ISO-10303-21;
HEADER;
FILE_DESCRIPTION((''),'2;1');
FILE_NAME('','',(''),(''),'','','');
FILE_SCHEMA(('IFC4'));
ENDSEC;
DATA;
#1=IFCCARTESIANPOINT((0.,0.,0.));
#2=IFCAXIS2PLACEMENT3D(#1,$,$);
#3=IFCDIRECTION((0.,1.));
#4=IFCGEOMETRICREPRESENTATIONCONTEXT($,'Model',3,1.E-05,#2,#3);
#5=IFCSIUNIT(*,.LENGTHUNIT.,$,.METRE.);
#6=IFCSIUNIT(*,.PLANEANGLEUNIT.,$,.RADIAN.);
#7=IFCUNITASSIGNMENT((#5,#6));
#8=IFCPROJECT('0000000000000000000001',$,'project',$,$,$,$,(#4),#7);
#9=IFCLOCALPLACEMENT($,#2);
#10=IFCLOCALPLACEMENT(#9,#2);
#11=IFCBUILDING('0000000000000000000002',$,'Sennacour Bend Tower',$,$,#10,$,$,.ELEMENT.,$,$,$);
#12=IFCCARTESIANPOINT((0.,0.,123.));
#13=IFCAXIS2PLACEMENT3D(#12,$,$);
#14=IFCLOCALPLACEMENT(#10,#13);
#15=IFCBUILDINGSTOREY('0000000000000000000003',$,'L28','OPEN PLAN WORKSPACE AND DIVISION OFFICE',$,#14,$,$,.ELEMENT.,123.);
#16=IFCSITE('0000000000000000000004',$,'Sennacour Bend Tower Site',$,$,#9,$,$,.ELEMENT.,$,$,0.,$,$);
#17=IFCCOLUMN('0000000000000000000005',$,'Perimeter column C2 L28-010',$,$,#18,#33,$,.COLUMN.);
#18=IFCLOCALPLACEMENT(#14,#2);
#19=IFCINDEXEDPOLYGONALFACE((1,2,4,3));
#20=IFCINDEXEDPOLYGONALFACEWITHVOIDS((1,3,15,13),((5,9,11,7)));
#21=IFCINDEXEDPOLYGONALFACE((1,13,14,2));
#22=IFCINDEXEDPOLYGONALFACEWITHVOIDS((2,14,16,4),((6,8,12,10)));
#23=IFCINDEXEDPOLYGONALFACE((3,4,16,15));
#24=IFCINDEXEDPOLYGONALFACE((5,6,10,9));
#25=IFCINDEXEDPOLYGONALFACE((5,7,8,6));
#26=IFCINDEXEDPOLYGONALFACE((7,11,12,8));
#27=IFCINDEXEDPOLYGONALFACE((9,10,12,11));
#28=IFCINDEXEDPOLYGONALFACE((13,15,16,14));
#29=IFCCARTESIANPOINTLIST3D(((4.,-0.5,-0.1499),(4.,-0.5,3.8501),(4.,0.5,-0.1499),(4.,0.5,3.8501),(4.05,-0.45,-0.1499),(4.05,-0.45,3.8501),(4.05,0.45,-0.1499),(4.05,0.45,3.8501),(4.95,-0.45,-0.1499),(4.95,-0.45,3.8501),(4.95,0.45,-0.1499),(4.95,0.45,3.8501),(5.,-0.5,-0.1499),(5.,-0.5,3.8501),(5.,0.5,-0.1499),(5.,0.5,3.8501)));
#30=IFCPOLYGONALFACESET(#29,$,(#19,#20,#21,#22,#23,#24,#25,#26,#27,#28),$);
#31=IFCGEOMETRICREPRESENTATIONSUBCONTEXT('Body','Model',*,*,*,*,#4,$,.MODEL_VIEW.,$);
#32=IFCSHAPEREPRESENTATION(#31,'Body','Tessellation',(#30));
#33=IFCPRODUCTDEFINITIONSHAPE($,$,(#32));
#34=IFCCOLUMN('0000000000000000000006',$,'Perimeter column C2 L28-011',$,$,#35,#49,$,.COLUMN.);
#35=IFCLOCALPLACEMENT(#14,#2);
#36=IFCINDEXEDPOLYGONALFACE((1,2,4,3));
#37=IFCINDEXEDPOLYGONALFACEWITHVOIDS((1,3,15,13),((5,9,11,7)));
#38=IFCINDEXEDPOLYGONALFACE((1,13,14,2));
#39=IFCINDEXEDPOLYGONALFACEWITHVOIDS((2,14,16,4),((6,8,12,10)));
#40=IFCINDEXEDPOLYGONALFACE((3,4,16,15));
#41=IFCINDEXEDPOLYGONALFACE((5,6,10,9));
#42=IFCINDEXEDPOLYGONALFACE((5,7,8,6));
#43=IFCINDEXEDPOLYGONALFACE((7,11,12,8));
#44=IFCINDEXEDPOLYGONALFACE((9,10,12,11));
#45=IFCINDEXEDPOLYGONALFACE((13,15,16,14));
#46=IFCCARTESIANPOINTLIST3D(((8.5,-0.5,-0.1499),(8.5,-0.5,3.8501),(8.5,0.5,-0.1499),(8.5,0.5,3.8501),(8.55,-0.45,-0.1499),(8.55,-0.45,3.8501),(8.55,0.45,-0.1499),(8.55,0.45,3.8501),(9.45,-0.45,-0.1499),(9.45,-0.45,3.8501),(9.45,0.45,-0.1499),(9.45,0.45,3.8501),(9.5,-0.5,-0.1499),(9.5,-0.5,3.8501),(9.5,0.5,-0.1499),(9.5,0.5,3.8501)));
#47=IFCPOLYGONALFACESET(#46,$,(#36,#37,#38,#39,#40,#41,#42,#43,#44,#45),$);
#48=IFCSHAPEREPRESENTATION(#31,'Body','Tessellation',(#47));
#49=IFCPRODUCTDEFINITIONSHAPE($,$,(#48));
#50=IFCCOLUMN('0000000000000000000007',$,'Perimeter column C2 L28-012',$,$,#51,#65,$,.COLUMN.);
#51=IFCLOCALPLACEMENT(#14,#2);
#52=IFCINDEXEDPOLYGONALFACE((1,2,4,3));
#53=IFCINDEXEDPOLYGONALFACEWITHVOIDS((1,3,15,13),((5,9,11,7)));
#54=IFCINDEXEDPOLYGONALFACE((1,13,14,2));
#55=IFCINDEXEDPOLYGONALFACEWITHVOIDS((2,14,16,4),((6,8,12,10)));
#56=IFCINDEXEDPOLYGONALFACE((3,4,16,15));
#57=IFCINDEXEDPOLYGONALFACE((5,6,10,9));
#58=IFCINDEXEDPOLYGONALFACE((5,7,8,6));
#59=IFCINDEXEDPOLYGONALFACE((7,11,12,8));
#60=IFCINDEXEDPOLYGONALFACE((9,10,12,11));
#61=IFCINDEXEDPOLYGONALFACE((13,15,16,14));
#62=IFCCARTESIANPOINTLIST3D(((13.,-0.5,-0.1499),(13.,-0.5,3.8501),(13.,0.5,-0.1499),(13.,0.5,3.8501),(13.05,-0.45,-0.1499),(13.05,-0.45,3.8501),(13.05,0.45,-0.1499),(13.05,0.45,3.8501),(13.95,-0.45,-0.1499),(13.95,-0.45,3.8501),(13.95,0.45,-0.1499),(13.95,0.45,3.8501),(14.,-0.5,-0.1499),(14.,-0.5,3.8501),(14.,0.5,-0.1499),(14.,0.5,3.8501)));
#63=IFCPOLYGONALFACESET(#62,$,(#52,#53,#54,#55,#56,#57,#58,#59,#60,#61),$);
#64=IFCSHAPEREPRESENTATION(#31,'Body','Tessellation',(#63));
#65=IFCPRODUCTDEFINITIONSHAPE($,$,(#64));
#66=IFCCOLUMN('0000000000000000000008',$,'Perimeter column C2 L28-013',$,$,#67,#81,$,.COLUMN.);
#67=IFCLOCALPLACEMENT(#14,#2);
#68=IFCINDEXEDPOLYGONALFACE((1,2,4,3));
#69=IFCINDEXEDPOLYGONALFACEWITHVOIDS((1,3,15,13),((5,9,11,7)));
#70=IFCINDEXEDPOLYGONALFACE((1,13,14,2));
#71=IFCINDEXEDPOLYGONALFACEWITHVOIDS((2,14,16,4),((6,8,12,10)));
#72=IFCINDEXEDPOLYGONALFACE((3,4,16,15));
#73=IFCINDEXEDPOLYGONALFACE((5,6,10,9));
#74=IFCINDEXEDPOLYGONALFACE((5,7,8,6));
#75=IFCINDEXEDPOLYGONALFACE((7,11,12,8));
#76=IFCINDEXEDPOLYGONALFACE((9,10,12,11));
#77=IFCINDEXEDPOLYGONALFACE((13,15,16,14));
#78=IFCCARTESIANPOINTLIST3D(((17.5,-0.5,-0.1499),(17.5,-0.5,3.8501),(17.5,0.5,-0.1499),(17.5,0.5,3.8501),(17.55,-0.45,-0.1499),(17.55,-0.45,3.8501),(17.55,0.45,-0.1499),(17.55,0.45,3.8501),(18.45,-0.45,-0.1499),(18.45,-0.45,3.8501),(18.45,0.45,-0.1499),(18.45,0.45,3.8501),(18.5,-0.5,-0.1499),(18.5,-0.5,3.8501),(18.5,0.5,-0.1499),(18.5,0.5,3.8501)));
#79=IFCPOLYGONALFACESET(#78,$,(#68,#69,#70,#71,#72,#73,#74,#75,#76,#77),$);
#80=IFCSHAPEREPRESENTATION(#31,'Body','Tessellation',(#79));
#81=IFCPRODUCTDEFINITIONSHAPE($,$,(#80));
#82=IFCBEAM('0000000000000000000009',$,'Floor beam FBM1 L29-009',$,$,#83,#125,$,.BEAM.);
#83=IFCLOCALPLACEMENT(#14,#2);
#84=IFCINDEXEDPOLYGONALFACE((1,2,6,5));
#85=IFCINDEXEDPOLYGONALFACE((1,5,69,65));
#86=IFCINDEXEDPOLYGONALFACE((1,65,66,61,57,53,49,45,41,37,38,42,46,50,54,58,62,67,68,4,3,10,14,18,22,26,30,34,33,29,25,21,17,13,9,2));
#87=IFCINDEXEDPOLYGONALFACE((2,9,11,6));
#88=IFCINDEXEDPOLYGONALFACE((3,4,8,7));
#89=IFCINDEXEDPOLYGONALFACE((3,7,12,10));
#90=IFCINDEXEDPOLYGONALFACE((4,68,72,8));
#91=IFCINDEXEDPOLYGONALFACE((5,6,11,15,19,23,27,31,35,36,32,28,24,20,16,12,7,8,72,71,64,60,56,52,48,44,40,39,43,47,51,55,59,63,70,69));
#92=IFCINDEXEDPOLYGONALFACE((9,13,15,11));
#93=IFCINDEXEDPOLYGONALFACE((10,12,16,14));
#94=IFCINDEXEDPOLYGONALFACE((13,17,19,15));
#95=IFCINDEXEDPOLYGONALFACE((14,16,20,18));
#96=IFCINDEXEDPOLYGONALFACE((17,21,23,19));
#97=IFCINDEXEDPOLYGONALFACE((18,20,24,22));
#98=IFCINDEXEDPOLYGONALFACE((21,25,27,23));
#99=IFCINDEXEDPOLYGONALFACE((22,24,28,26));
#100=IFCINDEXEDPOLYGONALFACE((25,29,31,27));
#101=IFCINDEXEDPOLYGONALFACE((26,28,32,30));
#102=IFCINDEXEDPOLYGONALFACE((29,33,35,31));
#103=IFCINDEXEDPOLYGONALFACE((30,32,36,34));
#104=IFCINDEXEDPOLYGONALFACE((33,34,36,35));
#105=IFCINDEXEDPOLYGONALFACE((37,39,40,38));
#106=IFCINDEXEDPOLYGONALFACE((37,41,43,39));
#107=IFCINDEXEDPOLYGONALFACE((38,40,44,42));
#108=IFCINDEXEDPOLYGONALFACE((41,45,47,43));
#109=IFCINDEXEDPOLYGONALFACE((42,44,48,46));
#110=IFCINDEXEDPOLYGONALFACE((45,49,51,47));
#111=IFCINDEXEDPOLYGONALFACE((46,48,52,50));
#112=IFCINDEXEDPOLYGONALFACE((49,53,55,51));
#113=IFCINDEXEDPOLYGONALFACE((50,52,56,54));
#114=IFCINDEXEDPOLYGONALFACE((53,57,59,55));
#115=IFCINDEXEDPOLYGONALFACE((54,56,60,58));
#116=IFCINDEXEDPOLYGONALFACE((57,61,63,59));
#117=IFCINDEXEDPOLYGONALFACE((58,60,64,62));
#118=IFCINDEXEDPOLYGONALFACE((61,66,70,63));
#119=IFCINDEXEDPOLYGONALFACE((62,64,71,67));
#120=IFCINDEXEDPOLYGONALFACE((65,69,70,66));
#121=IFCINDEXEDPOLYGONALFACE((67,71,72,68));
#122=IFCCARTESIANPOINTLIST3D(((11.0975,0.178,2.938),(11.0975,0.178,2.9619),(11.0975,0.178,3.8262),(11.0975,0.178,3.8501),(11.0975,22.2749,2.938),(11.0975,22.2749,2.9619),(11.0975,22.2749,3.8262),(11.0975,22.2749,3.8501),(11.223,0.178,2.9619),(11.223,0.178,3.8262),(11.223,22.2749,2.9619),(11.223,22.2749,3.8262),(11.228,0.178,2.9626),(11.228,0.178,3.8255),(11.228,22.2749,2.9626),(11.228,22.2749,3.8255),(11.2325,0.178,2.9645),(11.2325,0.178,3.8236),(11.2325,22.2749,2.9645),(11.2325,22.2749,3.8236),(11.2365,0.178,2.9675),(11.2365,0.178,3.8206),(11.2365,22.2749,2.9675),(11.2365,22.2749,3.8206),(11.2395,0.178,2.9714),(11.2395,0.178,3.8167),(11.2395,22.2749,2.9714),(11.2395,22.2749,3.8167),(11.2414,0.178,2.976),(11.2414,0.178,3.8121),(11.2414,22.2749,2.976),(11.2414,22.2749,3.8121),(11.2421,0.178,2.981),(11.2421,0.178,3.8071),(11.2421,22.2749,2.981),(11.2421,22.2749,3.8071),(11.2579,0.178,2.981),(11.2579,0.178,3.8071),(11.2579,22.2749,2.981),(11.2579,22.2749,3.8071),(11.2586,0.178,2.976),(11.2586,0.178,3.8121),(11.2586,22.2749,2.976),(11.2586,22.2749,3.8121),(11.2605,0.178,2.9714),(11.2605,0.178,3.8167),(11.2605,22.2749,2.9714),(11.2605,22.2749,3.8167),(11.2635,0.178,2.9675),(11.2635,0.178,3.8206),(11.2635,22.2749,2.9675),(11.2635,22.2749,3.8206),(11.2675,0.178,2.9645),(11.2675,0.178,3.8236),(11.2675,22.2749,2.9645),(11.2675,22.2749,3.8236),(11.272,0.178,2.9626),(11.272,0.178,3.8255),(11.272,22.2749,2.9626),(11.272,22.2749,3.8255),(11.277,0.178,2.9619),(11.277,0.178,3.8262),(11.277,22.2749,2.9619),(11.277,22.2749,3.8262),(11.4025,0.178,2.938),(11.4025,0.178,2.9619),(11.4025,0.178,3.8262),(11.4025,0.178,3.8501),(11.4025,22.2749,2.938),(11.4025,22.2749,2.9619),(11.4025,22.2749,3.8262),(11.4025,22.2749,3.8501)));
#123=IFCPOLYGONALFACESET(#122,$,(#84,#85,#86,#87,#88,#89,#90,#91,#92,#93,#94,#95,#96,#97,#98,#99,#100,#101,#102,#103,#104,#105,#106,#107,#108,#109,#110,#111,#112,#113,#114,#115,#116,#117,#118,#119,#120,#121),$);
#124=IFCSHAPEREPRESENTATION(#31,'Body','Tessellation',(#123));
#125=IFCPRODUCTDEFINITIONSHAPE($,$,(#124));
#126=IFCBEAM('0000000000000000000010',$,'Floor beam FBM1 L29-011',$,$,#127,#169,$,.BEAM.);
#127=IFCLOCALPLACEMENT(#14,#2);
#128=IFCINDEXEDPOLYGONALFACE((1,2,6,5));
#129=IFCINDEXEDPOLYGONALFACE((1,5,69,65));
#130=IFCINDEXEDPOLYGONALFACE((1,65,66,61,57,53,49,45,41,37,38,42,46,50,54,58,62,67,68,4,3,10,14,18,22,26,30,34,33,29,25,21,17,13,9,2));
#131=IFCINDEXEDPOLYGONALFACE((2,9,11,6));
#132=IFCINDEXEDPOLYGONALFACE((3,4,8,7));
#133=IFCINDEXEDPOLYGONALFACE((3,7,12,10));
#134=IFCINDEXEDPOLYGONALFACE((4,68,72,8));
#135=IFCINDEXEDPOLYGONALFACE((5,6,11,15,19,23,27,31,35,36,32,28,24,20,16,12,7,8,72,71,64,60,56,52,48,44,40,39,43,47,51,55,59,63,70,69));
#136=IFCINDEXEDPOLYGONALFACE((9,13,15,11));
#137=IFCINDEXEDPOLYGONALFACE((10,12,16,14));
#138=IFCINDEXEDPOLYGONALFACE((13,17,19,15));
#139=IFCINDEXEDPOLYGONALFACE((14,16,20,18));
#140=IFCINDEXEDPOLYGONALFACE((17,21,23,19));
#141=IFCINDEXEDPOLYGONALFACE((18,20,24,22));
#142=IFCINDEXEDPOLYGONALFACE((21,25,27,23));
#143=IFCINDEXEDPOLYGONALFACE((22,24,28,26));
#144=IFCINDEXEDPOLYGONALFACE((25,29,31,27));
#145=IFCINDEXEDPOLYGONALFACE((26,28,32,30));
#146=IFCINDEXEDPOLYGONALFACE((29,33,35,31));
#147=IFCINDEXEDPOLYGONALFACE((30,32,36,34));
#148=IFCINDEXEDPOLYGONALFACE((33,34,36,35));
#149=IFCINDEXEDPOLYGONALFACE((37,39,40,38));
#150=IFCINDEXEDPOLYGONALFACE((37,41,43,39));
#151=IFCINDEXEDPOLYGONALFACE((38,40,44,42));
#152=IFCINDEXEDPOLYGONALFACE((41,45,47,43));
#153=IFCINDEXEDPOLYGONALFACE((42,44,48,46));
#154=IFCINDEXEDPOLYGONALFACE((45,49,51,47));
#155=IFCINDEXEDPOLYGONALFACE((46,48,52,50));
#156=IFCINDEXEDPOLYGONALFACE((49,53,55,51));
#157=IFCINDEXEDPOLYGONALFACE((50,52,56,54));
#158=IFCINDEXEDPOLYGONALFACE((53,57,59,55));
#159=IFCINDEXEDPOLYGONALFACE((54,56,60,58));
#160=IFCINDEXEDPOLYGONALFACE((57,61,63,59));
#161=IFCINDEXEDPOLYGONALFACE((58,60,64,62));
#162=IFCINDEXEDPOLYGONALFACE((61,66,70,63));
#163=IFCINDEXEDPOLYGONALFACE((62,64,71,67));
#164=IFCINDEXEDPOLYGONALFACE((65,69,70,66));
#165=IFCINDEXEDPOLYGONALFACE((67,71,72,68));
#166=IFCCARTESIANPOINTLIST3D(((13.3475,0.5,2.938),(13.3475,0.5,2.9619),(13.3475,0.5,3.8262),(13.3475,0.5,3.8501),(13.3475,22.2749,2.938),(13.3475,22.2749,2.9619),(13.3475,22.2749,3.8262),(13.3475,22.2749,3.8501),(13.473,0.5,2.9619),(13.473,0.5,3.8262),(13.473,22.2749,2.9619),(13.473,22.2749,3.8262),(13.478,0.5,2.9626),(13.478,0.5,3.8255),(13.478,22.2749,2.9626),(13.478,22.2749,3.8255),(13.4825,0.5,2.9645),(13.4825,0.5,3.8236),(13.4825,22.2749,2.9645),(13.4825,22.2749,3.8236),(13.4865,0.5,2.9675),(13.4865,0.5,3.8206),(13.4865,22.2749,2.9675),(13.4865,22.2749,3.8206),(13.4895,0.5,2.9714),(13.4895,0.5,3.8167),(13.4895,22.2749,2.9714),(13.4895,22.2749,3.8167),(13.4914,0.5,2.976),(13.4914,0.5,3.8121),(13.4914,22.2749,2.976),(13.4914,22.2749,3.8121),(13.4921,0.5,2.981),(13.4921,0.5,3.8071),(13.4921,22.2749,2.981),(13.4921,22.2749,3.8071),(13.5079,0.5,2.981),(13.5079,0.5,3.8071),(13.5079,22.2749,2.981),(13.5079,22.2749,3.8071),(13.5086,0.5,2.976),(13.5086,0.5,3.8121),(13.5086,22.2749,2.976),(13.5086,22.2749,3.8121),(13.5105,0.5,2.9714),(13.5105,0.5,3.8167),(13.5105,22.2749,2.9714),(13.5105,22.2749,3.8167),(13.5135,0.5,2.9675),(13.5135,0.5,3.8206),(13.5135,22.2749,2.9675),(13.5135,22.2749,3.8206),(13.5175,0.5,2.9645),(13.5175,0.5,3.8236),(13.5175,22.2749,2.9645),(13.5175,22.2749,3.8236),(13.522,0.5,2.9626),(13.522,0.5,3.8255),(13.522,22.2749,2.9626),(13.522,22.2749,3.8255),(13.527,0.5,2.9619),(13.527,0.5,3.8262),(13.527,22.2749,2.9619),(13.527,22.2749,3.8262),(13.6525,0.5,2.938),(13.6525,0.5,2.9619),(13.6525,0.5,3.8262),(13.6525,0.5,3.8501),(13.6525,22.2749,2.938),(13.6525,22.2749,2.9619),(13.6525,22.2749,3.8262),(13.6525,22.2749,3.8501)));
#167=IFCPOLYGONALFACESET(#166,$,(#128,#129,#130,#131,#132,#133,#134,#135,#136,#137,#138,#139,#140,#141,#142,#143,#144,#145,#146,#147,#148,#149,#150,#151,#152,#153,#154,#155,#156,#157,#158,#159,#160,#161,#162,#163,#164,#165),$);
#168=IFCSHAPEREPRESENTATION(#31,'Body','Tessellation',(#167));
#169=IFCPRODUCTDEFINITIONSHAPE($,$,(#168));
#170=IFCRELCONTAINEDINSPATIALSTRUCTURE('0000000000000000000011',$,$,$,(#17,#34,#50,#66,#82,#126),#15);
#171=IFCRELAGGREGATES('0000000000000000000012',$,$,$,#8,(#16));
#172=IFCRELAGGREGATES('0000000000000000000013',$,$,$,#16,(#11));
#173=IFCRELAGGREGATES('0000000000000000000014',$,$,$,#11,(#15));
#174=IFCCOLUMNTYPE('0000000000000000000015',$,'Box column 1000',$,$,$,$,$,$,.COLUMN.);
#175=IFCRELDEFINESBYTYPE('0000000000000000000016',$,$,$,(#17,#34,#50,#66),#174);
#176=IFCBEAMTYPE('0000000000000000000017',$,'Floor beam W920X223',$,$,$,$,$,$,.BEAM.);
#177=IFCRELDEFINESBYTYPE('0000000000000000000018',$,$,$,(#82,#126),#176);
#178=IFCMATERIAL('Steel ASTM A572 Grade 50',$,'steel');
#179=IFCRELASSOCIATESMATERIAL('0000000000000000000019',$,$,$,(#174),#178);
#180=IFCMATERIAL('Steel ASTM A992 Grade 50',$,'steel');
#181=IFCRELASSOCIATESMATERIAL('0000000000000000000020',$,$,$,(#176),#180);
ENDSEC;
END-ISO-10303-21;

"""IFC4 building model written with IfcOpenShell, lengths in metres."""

from ifc_helpers import new_model, si_unit, direction, frame, origin, origin_2d, place, context, subcontext, project, spatial, hollow_rectangle, i_section, extrude, material, material_profile, profile_set, type_object, element, save


model = new_model("IFC4")

# Units and contexts
model_context = context("Model", 3, precision=1e-05, world=origin(), true_north=direction((0.0, 1.0)))
body_context = subcontext(model_context, "Body", "Model", "MODEL_VIEW")
ifc_project = project(units=[si_unit("LENGTHUNIT", "METRE"), si_unit("PLANEANGLEUNIT", "RADIAN")], contexts=[model_context])

# Site, building, storey
site_placement = place(None, origin())
site = spatial("IfcSite", under=ifc_project, at=site_placement, Name="Sennacour Bend Tower Site", CompositionType="ELEMENT", RefElevation=0.0)
building_placement = place(site_placement, origin())
building = spatial("IfcBuilding", under=site, at=building_placement, Name="Sennacour Bend Tower", CompositionType="ELEMENT")
storey_placement = place(building_placement, frame((0.0, 0.0, 123.0)))
storey = spatial("IfcBuildingStorey", under=building, at=storey_placement, Name="L28", Description="OPEN PLAN WORKSPACE AND DIVISION OFFICE", CompositionType="ELEMENT", Elevation=123.0)

# Columns
ifc_material_1 = material(Name="Steel ASTM A572 Grade 50", Category="steel")
ifc_material_profile_1 = material_profile(ifc_material_1, hollow_rectangle(XDim=1.0, YDim=1.0, WallThickness=0.05, at=origin_2d()), Name="Steel ASTM A572 Grade 50", Category="steel")
ifc_profile_set_1 = profile_set([ifc_material_profile_1], Name="Steel ASTM A572 Grade 50")
column_type = type_object("IfcColumnType", Name="Box column 1000", PredefinedType="COLUMN", material=ifc_profile_set_1)
for number, where, z_axis, x_axis, name in (
    (1, (4.5, 0.0, -0.1499), (0.0, 0.0, 1.0), (1.0, 0.0, 0.0), "Perimeter column C2 L28-010"),
    (2, (9.0, 0.0, -0.1499), (0.0, 0.0, 1.0), (1.0, 0.0, 0.0), "Perimeter column C2 L28-011"),
    (3, (13.5, 0.0, -0.1499), (0.0, 0.0, 1.0), (1.0, 0.0, 0.0), "Perimeter column C2 L28-012"),
    (4, (18.0, 0.0, -0.1499), (0.0, 0.0, 1.0), (1.0, 0.0, 0.0), "Perimeter column C2 L28-013"),
):
    element("IfcColumn", number, at=place(storey_placement, frame(where, z_axis=z_axis, x_axis=x_axis)), inside=storey, type_object=column_type, Name=name, PredefinedType="COLUMN", context=body_context, shape_type="SweptSolid", body=[
        extrude(hollow_rectangle(XDim=1.0, YDim=1.0, WallThickness=0.05, at=origin_2d()), origin(), (0.0, 0.0, 1.0), 4.0),
    ])

# Beams
ifc_material_2 = material(Name="Steel ASTM A992 Grade 50", Category="steel")
ifc_material_profile_2 = material_profile(ifc_material_2, i_section(OverallWidth=0.3049, OverallDepth=0.9121, WebThickness=0.0159, FlangeThickness=0.0239, FilletRadius=0.019, at=origin_2d()), Name="Steel ASTM A992 Grade 50", Category="steel")
ifc_profile_set_2 = profile_set([ifc_material_profile_2], Name="Steel ASTM A992 Grade 50")
beam_type_1 = type_object("IfcBeamType", Name="Floor beam W920X223", PredefinedType="BEAM", material=ifc_profile_set_2)
beam_1_placement = place(storey_placement, frame((11.25, 0.178, 3.394), z_axis=(0.0, 1.0, 0.0), x_axis=(-1.0, 0.0, 0.0)))
element("IfcBeam", 5, at=beam_1_placement, inside=storey, type_object=beam_type_1, Name="Floor beam FBM1 L29-009", PredefinedType="BEAM", context=body_context, shape_type="SweptSolid", body=[
    extrude(i_section(OverallWidth=0.3049, OverallDepth=0.9121, WebThickness=0.0159, FlangeThickness=0.0239, FilletRadius=0.019, at=origin_2d()), origin(), (0.0, 0.0, 1.0), 22.0969),
])
beam_2_placement = place(storey_placement, frame((13.5, 0.5, 3.394), z_axis=(0.0, 1.0, 0.0), x_axis=(-1.0, 0.0, 0.0)))
element("IfcBeam", 6, at=beam_2_placement, inside=storey, type_object=beam_type_1, Name="Floor beam FBM1 L29-011", PredefinedType="BEAM", context=body_context, shape_type="SweptSolid", body=[
    extrude(i_section(OverallWidth=0.3049, OverallDepth=0.9121, WebThickness=0.0159, FlangeThickness=0.0239, FilletRadius=0.019, at=origin_2d()), origin(), (0.0, 0.0, 1.0), 21.7749),
])

save(model, "model.ifc")
